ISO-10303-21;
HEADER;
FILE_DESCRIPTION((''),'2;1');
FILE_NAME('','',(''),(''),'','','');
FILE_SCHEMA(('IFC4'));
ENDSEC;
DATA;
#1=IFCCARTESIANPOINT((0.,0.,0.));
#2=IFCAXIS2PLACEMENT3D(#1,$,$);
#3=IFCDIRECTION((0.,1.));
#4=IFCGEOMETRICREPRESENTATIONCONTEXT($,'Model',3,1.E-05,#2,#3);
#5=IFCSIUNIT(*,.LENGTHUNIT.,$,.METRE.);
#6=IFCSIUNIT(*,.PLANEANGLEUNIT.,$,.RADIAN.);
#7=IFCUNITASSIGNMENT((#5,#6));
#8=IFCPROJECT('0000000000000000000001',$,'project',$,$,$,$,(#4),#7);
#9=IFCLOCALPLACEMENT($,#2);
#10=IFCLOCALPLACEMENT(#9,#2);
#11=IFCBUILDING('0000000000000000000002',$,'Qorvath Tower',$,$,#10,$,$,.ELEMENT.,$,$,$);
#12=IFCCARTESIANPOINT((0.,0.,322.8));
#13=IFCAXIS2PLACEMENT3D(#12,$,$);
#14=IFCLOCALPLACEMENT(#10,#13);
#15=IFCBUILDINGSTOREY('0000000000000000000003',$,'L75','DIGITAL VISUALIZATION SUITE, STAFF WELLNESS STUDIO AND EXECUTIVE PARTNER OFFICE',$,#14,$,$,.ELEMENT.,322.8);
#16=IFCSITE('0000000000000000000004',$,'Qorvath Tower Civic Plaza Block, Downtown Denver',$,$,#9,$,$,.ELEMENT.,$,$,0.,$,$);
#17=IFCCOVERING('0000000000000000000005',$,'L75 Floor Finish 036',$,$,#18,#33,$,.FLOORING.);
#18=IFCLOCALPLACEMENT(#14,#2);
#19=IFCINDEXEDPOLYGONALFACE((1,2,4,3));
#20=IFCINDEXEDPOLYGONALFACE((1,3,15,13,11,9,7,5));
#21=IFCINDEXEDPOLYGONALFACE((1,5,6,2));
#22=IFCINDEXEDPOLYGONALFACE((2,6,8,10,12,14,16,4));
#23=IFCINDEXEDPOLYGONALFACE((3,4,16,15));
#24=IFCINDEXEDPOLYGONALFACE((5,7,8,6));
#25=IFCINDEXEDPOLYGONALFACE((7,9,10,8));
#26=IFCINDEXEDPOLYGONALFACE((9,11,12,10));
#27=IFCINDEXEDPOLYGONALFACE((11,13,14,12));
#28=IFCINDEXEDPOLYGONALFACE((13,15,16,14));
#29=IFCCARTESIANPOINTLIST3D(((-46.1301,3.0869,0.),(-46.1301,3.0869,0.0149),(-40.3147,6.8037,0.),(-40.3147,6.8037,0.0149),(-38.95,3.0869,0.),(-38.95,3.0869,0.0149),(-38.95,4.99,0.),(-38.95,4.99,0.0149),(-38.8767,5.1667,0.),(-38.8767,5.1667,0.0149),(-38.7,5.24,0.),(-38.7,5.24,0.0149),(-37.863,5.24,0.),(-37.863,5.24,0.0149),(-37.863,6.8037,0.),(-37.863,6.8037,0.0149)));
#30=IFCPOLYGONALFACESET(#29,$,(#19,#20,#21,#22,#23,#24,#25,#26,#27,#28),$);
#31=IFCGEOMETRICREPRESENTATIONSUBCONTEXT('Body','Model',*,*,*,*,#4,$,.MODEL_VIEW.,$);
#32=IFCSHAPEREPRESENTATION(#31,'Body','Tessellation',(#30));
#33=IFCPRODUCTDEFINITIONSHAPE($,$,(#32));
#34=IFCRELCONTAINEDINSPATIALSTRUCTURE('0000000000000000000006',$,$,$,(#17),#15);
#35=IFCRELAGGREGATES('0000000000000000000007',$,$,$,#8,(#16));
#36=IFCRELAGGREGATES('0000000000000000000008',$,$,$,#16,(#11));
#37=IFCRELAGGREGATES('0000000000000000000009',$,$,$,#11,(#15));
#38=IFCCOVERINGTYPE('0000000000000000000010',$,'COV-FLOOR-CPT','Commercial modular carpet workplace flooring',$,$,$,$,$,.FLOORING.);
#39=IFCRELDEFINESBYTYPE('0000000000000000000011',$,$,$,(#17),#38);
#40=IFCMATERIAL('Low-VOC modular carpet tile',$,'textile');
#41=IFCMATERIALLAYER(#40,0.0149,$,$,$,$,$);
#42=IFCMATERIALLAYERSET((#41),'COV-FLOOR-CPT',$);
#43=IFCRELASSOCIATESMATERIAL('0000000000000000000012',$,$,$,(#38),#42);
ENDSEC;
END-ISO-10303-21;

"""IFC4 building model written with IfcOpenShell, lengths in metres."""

from ifc_helpers import new_model, si_unit, direction, frame, origin, place, context, subcontext, project, spatial, polyline, outline, extrude, material, layer, layer_set, type_object, element, save


model = new_model("IFC4")

# Units and contexts
model_context = context("Model", 3, precision=1e-05, world=origin(), true_north=direction((0.0, 1.0)))
body_context = subcontext(model_context, "Body", "Model", "MODEL_VIEW")
ifc_project = project(units=[si_unit("LENGTHUNIT", "METRE"), si_unit("PLANEANGLEUNIT", "RADIAN")], contexts=[model_context])

# Site, building, storey
site_placement = place(None, origin())
site = spatial("IfcSite", under=ifc_project, at=site_placement, Name="Qorvath Tower Civic Plaza Block, Downtown Denver", CompositionType="ELEMENT", RefElevation=0.0)
building_placement = place(site_placement, origin())
building = spatial("IfcBuilding", under=site, at=building_placement, Name="Qorvath Tower", CompositionType="ELEMENT")
storey_placement = place(building_placement, frame((0.0, 0.0, 322.8)))
storey = spatial("IfcBuildingStorey", under=building, at=storey_placement, Name="L75", Description="DIGITAL VISUALIZATION SUITE, STAFF WELLNESS STUDIO AND EXECUTIVE PARTNER OFFICE", CompositionType="ELEMENT", Elevation=322.8)

# Covering
ifc_material_1 = material(Name="Low-VOC modular carpet tile", Category="textile")
ifc_layer_1 = layer(ifc_material_1, 0.0149)
ifc_layer_set_1 = layer_set([ifc_layer_1], Name="COV-FLOOR-CPT")
covering_type_1 = type_object("IfcCoveringType", Name="COV-FLOOR-CPT", Description="Commercial modular carpet workplace flooring", PredefinedType="FLOORING", material=ifc_layer_set_1)
covering_1_placement = place(storey_placement, origin())
element("IfcCovering", 1, at=covering_1_placement, inside=storey, type_object=covering_type_1, Name="L75 Floor Finish 036", PredefinedType="FLOORING", context=body_context, shape_type="SweptSolid", body=[
    extrude(outline(polyline([(-38.95, 3.0869), (-38.95, 4.99), (-38.8767, 5.1667), (-38.7, 5.24), (-37.863, 5.24), (-37.863, 6.8037), (-40.3147, 6.8037), (-46.1301, 3.0869), (-38.95, 3.0869)])), origin(), (0.0, 0.0, 1.0), 0.0149),
])

save(model, "model.ifc")
